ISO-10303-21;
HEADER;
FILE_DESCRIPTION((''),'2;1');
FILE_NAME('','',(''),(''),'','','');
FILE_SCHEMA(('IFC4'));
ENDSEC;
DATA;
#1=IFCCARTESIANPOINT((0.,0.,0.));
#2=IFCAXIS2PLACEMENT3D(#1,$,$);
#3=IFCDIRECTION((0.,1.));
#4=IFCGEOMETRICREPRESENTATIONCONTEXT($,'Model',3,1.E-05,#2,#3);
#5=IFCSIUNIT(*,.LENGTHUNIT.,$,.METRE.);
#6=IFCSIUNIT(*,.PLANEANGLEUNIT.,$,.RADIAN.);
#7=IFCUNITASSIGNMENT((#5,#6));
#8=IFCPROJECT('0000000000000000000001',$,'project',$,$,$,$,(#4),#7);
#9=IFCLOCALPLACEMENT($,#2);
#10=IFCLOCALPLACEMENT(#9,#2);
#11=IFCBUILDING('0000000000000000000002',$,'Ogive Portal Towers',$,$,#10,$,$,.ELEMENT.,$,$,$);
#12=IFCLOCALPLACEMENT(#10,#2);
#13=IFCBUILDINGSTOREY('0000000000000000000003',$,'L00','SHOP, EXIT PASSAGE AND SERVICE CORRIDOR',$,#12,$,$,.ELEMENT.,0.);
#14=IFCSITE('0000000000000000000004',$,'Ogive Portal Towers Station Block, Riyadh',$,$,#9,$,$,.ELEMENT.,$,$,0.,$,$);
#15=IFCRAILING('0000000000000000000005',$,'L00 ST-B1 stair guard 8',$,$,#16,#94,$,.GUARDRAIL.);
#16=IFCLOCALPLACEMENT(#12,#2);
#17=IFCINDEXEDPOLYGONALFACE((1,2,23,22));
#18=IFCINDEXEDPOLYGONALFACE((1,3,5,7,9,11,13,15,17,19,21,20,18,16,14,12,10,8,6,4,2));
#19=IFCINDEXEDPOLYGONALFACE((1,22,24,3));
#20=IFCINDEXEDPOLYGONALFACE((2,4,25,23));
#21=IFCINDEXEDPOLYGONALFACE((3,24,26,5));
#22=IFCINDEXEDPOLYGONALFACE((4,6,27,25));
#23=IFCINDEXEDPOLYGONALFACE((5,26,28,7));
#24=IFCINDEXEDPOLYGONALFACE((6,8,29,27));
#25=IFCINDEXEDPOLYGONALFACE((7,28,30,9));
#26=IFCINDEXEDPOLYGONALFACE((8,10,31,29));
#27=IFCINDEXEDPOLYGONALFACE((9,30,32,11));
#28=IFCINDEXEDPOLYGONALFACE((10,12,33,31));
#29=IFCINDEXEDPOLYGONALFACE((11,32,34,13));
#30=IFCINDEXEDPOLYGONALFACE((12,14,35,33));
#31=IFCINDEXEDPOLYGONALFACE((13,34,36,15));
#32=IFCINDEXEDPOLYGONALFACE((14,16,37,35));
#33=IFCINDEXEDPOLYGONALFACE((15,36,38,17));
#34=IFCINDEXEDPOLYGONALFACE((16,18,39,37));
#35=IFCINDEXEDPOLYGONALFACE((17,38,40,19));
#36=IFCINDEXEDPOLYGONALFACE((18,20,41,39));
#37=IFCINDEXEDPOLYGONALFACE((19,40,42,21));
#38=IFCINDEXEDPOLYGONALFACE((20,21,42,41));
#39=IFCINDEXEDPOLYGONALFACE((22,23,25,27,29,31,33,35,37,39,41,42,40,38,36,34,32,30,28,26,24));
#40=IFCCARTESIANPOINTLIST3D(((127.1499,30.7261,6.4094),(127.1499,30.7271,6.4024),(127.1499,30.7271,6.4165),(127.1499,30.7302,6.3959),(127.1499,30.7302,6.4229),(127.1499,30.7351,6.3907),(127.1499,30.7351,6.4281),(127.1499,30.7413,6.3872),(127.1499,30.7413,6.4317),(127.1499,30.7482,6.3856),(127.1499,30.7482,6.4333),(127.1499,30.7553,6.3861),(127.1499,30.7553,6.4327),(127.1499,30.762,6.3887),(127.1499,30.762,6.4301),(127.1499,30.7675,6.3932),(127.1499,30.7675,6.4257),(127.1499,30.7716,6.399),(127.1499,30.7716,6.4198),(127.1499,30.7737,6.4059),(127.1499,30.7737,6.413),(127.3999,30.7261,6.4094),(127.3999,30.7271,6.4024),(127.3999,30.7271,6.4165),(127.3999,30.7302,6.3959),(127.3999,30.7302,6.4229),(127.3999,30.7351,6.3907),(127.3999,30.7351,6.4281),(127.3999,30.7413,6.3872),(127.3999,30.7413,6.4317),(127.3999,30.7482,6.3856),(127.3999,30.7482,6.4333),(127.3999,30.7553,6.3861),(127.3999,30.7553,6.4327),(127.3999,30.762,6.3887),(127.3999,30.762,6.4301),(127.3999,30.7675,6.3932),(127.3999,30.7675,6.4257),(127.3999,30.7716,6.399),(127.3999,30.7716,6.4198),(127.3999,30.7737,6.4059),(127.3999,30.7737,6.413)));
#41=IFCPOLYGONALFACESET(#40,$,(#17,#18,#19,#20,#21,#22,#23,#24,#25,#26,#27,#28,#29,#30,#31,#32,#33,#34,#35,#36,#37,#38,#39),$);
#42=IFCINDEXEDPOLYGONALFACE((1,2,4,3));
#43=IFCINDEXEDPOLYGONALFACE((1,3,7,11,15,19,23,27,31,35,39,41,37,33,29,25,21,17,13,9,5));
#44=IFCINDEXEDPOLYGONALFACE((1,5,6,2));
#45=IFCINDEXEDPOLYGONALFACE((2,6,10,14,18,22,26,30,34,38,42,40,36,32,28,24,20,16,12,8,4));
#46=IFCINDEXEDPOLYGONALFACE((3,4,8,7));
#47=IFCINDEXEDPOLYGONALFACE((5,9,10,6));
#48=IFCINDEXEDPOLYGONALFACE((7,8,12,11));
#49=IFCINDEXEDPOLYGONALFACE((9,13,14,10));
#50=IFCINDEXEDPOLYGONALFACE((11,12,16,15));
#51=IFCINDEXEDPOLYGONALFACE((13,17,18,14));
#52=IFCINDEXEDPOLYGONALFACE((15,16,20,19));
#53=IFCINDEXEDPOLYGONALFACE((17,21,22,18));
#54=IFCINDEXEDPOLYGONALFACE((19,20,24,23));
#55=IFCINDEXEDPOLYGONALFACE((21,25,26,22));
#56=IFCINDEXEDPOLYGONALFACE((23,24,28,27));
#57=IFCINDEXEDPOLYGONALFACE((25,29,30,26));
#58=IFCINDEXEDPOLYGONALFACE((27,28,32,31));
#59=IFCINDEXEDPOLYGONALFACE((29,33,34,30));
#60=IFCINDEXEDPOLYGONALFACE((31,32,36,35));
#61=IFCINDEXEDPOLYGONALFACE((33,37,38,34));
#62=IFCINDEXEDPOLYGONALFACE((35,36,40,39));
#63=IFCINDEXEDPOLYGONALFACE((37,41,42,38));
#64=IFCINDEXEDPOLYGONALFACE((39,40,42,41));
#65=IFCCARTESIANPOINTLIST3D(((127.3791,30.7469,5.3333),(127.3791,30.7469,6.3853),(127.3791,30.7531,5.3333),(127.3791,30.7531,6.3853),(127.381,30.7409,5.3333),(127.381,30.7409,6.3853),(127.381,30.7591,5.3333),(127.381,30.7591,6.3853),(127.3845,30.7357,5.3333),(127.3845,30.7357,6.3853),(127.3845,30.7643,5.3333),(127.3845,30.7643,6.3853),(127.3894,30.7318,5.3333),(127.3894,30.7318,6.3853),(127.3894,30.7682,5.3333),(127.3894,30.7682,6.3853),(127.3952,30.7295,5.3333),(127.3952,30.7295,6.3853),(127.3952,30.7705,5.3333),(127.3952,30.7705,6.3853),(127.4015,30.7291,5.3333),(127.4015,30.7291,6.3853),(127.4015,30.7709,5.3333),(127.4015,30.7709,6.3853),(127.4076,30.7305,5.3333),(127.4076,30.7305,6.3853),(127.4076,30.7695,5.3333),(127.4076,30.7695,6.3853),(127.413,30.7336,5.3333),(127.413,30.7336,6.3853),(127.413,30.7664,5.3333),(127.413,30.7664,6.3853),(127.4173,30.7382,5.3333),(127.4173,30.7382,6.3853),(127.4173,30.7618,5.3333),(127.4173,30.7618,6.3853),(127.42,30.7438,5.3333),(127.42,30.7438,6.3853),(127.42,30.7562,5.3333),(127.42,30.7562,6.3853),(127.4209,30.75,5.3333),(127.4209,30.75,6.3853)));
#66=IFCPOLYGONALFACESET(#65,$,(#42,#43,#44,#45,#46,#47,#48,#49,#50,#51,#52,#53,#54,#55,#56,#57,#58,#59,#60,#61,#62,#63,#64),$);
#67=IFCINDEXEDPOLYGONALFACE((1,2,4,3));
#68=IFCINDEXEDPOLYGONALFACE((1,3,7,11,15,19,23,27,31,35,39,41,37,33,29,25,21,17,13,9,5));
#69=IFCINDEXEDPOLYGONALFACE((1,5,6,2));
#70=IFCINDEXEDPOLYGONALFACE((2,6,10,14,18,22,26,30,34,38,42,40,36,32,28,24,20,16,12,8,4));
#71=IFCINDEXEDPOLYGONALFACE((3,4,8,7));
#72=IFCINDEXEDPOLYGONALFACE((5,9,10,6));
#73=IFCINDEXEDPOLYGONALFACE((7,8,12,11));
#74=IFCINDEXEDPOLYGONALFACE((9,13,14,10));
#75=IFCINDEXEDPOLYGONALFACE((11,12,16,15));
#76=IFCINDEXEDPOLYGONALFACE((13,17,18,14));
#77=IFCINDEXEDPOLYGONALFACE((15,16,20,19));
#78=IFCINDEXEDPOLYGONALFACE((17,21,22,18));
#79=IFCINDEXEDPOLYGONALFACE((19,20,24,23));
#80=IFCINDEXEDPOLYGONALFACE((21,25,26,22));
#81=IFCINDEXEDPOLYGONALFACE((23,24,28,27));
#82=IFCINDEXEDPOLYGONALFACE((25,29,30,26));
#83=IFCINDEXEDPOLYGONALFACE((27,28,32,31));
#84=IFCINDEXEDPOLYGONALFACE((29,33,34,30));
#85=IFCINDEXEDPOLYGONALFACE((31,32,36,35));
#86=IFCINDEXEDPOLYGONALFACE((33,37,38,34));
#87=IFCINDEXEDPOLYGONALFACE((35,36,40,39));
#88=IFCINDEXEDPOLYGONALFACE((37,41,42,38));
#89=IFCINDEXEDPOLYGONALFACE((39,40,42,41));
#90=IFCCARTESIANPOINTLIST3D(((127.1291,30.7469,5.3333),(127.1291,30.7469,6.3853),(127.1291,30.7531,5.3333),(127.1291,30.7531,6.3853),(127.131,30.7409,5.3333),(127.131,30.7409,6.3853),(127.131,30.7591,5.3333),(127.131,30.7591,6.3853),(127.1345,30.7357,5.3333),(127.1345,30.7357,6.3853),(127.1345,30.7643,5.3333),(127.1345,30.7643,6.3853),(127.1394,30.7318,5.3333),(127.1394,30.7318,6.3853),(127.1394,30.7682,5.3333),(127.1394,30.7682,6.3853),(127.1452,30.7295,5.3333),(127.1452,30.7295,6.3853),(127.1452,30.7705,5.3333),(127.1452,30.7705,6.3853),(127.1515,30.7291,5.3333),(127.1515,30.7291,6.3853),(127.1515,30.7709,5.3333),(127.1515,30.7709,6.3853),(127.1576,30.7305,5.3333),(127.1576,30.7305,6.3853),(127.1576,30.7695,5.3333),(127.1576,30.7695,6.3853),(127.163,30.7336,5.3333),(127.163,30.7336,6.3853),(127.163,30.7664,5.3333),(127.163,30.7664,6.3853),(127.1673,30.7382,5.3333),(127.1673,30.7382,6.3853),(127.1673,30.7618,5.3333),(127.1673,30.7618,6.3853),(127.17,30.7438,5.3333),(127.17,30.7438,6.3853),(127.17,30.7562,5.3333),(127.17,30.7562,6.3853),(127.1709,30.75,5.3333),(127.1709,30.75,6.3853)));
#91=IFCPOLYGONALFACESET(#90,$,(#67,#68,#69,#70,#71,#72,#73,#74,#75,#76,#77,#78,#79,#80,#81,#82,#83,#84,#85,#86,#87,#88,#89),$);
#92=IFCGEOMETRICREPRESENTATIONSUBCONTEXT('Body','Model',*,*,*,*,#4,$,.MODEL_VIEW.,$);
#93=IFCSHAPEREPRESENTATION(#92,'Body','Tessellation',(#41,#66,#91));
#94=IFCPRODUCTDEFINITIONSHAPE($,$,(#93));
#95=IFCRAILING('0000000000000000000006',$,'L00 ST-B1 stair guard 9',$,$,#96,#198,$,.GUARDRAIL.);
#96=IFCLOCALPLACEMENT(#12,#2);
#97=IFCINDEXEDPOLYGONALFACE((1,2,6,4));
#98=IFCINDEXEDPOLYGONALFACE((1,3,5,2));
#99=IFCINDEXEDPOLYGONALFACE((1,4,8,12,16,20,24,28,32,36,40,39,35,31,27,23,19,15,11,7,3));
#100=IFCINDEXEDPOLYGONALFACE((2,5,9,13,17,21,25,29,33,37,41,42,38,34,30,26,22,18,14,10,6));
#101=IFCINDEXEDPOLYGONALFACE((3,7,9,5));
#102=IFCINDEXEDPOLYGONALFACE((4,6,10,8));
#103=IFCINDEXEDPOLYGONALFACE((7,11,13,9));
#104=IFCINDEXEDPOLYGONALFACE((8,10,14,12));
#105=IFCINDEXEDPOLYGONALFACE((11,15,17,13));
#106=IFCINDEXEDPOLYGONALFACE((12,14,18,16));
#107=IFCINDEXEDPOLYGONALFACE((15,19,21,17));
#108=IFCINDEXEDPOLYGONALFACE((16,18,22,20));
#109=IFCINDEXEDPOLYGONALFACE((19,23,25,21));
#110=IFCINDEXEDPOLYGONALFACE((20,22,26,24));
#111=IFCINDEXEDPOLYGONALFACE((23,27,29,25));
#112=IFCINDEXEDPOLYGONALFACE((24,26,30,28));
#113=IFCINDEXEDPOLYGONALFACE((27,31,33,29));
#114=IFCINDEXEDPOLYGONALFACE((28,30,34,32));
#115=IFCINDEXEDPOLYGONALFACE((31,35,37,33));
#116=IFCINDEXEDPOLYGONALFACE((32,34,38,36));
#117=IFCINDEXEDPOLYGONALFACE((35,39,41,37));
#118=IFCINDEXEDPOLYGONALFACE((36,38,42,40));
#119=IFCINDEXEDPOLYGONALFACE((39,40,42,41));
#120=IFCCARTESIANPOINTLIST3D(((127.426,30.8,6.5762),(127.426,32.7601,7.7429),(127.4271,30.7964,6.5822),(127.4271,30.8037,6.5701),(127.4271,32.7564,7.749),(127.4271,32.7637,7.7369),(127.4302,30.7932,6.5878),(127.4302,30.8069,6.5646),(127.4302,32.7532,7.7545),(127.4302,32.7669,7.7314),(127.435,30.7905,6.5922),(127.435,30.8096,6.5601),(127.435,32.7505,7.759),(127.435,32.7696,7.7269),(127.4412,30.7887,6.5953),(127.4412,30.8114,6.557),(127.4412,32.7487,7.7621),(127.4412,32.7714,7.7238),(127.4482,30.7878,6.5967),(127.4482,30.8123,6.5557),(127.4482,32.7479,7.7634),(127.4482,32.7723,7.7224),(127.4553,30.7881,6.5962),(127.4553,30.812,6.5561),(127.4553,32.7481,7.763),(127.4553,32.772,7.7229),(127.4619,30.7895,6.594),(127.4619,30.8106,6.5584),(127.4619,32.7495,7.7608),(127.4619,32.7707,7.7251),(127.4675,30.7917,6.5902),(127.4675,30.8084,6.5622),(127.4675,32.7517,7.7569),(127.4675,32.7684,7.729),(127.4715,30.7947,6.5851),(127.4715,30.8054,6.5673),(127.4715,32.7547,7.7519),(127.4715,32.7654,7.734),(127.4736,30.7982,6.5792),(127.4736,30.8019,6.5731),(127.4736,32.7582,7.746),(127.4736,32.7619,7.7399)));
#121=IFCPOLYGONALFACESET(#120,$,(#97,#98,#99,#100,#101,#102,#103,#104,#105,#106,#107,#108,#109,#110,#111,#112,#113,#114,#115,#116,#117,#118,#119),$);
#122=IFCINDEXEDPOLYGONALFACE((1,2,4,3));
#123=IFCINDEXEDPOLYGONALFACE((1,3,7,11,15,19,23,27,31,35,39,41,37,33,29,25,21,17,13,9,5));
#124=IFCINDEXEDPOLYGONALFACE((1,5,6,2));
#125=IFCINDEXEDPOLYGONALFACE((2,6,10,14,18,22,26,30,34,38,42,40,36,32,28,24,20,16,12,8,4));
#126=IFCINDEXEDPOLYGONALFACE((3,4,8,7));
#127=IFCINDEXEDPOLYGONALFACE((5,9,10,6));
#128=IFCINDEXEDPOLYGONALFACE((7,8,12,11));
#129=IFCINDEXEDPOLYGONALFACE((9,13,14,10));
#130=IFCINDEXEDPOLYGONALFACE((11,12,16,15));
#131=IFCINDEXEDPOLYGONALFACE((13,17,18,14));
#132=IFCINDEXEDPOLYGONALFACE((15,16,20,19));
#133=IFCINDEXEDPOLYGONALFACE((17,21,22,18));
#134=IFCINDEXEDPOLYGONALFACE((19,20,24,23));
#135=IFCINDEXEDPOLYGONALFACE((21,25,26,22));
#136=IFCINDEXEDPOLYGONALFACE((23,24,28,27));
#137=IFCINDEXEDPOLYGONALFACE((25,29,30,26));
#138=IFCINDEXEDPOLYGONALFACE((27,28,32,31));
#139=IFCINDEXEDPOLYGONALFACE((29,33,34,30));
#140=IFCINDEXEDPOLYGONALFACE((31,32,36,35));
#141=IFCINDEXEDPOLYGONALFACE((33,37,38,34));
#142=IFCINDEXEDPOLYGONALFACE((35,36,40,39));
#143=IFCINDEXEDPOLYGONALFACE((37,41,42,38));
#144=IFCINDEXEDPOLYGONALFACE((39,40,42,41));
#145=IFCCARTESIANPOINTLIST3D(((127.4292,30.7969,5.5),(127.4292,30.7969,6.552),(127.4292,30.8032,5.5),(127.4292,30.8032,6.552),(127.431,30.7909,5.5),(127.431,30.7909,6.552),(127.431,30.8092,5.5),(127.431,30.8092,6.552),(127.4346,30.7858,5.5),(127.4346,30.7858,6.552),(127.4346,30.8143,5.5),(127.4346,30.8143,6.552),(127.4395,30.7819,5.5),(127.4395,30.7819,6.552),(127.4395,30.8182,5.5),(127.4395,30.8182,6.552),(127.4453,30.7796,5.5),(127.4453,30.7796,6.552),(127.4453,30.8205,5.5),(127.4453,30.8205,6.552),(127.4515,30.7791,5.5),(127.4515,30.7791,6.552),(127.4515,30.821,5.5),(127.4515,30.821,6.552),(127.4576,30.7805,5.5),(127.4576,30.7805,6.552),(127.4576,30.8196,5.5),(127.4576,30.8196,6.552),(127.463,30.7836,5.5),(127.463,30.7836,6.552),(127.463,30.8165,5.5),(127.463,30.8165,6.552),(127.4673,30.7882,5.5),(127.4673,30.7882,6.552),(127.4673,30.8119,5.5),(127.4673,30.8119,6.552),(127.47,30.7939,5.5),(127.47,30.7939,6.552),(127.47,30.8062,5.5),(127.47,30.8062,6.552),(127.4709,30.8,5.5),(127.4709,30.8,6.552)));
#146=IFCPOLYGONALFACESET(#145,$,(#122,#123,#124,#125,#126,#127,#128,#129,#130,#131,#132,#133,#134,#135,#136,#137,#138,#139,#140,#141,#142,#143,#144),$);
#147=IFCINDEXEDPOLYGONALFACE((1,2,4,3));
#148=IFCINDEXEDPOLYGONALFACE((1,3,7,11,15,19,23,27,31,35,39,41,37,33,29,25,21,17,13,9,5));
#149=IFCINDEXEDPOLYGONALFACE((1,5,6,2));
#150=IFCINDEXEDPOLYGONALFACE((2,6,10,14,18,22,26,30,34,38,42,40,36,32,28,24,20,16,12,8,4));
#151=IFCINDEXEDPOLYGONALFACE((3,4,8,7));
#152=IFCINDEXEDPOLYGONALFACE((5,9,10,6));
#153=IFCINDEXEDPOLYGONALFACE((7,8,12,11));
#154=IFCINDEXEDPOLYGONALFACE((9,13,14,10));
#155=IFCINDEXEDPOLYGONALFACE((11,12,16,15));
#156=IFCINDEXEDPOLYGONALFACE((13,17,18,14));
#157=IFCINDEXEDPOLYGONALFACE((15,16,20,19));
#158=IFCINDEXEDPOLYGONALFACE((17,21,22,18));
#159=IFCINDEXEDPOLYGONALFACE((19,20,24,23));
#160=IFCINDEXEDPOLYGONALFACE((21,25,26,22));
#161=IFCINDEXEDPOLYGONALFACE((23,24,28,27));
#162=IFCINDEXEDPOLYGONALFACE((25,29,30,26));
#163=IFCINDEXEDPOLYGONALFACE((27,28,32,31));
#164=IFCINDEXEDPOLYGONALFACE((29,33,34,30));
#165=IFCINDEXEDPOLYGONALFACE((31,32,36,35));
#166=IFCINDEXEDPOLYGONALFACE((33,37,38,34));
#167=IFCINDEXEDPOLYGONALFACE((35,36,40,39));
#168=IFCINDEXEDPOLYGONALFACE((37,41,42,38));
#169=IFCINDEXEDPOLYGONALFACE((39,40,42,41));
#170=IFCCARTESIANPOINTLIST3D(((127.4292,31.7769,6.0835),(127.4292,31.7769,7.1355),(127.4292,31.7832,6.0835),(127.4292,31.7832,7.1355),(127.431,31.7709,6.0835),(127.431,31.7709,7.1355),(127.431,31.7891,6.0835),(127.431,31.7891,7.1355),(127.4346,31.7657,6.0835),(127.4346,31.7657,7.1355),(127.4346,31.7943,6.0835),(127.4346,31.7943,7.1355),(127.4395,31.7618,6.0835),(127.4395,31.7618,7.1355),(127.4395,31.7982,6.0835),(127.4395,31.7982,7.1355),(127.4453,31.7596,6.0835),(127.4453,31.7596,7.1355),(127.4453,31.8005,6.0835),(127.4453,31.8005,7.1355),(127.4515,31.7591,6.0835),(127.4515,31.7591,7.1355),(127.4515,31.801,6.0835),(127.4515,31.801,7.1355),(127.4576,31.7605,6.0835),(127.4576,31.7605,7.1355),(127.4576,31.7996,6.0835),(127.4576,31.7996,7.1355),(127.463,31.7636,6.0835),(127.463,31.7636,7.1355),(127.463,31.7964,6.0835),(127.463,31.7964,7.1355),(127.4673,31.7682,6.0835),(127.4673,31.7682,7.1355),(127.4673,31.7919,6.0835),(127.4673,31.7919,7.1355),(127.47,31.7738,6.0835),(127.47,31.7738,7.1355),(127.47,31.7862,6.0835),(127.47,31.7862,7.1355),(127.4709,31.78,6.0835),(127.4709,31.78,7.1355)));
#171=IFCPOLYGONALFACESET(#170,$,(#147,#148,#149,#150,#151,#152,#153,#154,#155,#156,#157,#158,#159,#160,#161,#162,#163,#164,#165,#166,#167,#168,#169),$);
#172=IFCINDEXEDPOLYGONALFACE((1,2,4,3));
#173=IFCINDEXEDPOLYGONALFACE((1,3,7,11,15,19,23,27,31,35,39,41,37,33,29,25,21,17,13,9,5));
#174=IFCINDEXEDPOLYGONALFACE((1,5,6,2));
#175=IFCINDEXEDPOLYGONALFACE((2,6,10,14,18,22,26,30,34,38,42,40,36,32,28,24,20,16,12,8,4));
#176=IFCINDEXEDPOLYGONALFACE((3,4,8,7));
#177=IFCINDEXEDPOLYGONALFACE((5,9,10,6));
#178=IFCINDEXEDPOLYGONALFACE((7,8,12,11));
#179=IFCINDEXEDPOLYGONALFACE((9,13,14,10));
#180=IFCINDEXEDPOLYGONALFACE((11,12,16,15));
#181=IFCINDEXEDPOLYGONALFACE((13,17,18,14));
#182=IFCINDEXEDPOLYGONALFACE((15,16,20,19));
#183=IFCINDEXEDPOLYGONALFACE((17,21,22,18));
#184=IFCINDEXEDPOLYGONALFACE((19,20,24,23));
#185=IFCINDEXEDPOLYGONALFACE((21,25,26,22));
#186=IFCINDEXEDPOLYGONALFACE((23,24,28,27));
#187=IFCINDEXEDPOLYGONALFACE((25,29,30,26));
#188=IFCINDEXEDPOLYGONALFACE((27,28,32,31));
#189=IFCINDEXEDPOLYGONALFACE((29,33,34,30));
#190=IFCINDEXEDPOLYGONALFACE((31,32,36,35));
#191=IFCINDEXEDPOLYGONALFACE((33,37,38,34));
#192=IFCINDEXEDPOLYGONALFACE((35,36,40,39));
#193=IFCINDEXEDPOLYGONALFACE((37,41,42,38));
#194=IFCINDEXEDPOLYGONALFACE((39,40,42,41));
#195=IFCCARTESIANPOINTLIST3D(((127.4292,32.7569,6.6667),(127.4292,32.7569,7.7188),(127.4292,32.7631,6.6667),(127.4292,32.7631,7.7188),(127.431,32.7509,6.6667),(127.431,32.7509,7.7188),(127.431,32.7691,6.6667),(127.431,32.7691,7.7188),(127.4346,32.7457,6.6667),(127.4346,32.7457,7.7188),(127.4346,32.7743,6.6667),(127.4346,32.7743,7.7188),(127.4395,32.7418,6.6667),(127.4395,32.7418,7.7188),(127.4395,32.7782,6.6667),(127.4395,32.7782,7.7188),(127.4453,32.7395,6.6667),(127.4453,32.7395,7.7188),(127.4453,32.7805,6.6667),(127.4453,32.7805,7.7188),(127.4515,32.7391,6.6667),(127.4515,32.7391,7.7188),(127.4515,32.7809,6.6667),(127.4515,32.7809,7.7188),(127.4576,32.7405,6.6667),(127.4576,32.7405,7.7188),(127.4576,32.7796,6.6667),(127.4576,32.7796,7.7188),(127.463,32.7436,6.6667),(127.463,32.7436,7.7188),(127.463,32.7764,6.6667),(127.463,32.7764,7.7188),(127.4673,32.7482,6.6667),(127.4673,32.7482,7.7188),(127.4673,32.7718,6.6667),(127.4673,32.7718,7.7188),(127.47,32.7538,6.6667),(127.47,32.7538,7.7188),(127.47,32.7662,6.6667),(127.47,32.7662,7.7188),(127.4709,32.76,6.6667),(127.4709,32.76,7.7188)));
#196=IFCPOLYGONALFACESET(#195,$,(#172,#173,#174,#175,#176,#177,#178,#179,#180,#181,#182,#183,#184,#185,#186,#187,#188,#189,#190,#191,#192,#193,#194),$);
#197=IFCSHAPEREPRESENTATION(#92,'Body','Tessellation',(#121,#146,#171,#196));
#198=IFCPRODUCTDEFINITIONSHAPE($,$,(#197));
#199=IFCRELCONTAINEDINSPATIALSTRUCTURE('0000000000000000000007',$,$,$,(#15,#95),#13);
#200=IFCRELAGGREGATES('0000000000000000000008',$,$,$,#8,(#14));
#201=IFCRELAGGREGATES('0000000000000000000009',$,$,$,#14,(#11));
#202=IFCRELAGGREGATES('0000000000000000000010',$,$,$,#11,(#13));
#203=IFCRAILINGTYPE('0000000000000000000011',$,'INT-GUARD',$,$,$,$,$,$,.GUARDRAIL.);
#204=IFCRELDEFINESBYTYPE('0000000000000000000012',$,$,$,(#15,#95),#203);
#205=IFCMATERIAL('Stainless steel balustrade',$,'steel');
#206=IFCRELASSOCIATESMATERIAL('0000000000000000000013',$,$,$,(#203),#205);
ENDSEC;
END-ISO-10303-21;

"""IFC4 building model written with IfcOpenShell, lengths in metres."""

from ifc_helpers import new_model, si_unit, direction, frame, origin, origin_2d, place, context, subcontext, project, spatial, circle, extrude, material, type_object, element, save


model = new_model("IFC4")

# Units and contexts
model_context = context("Model", 3, precision=1e-05, world=origin(), true_north=direction((0.0, 1.0)))
body_context = subcontext(model_context, "Body", "Model", "MODEL_VIEW")
ifc_project = project(units=[si_unit("LENGTHUNIT", "METRE"), si_unit("PLANEANGLEUNIT", "RADIAN")], contexts=[model_context])

# Site, building, storey
site_placement = place(None, origin())
site = spatial("IfcSite", under=ifc_project, at=site_placement, Name="Ogive Portal Towers Station Block, Riyadh", CompositionType="ELEMENT", RefElevation=0.0)
building_placement = place(site_placement, origin())
building = spatial("IfcBuilding", under=site, at=building_placement, Name="Ogive Portal Towers", CompositionType="ELEMENT")
storey_placement = place(building_placement, origin())
storey = spatial("IfcBuildingStorey", under=building, at=storey_placement, Name="L00", Description="SHOP, EXIT PASSAGE AND SERVICE CORRIDOR", CompositionType="ELEMENT", Elevation=0.0)

# Railings
ifc_material_1 = material(Name="Stainless steel balustrade", Category="steel")
railing_type_1 = type_object("IfcRailingType", Name="INT-GUARD", PredefinedType="GUARDRAIL", material=ifc_material_1)
railing_1_placement = place(storey_placement, frame((127.3999, 30.75, 5.3333)))
element("IfcRailing", 1, at=railing_1_placement, inside=storey, type_object=railing_type_1, Name="L00 ST-B1 stair guard 8", PredefinedType="GUARDRAIL", context=body_context, shape_type="SweptSolid", body=[
    extrude(circle(Radius=0.0239, at=origin_2d()), frame((0.0, 0.0, 1.0762), z_axis=(-1.0, 0.0, 0.0), x_axis=(0.0, -1.0, 0.0)), (0.0, 0.0, 1.0), 0.25),
    extrude(circle(Radius=0.021, at=origin_2d()), origin(), (0.0, 0.0, 1.0), 1.052),
    extrude(circle(Radius=0.021, at=origin_2d()), frame((-0.25, 0.0, 0.0)), (0.0, 0.0, 1.0), 1.052),
])
railing_2_placement = place(storey_placement, frame((127.45, 30.8, 5.5)))
element("IfcRailing", 2, at=railing_2_placement, inside=storey, type_object=railing_type_1, Name="L00 ST-B1 stair guard 9", PredefinedType="GUARDRAIL", context=body_context, shape_type="SweptSolid", body=[
    extrude(circle(Radius=0.0239, at=origin_2d()), frame((0.0, 0.0, 1.0762), z_axis=(0.0, 0.859273, 0.511518), x_axis=(-1.0, 0.0, 0.0)), (0.0, 0.0, 1.0), 2.281),
    extrude(circle(Radius=0.021, at=origin_2d()), origin(), (0.0, 0.0, 1.0), 1.052),
    extrude(circle(Radius=0.021, at=origin_2d()), frame((0.0, 0.98, 0.5835)), (0.0, 0.0, 1.0), 1.052),
    extrude(circle(Radius=0.021, at=origin_2d()), frame((0.0, 1.96, 1.1667)), (0.0, 0.0, 1.0), 1.052),
])

save(model, "model.ifc")
